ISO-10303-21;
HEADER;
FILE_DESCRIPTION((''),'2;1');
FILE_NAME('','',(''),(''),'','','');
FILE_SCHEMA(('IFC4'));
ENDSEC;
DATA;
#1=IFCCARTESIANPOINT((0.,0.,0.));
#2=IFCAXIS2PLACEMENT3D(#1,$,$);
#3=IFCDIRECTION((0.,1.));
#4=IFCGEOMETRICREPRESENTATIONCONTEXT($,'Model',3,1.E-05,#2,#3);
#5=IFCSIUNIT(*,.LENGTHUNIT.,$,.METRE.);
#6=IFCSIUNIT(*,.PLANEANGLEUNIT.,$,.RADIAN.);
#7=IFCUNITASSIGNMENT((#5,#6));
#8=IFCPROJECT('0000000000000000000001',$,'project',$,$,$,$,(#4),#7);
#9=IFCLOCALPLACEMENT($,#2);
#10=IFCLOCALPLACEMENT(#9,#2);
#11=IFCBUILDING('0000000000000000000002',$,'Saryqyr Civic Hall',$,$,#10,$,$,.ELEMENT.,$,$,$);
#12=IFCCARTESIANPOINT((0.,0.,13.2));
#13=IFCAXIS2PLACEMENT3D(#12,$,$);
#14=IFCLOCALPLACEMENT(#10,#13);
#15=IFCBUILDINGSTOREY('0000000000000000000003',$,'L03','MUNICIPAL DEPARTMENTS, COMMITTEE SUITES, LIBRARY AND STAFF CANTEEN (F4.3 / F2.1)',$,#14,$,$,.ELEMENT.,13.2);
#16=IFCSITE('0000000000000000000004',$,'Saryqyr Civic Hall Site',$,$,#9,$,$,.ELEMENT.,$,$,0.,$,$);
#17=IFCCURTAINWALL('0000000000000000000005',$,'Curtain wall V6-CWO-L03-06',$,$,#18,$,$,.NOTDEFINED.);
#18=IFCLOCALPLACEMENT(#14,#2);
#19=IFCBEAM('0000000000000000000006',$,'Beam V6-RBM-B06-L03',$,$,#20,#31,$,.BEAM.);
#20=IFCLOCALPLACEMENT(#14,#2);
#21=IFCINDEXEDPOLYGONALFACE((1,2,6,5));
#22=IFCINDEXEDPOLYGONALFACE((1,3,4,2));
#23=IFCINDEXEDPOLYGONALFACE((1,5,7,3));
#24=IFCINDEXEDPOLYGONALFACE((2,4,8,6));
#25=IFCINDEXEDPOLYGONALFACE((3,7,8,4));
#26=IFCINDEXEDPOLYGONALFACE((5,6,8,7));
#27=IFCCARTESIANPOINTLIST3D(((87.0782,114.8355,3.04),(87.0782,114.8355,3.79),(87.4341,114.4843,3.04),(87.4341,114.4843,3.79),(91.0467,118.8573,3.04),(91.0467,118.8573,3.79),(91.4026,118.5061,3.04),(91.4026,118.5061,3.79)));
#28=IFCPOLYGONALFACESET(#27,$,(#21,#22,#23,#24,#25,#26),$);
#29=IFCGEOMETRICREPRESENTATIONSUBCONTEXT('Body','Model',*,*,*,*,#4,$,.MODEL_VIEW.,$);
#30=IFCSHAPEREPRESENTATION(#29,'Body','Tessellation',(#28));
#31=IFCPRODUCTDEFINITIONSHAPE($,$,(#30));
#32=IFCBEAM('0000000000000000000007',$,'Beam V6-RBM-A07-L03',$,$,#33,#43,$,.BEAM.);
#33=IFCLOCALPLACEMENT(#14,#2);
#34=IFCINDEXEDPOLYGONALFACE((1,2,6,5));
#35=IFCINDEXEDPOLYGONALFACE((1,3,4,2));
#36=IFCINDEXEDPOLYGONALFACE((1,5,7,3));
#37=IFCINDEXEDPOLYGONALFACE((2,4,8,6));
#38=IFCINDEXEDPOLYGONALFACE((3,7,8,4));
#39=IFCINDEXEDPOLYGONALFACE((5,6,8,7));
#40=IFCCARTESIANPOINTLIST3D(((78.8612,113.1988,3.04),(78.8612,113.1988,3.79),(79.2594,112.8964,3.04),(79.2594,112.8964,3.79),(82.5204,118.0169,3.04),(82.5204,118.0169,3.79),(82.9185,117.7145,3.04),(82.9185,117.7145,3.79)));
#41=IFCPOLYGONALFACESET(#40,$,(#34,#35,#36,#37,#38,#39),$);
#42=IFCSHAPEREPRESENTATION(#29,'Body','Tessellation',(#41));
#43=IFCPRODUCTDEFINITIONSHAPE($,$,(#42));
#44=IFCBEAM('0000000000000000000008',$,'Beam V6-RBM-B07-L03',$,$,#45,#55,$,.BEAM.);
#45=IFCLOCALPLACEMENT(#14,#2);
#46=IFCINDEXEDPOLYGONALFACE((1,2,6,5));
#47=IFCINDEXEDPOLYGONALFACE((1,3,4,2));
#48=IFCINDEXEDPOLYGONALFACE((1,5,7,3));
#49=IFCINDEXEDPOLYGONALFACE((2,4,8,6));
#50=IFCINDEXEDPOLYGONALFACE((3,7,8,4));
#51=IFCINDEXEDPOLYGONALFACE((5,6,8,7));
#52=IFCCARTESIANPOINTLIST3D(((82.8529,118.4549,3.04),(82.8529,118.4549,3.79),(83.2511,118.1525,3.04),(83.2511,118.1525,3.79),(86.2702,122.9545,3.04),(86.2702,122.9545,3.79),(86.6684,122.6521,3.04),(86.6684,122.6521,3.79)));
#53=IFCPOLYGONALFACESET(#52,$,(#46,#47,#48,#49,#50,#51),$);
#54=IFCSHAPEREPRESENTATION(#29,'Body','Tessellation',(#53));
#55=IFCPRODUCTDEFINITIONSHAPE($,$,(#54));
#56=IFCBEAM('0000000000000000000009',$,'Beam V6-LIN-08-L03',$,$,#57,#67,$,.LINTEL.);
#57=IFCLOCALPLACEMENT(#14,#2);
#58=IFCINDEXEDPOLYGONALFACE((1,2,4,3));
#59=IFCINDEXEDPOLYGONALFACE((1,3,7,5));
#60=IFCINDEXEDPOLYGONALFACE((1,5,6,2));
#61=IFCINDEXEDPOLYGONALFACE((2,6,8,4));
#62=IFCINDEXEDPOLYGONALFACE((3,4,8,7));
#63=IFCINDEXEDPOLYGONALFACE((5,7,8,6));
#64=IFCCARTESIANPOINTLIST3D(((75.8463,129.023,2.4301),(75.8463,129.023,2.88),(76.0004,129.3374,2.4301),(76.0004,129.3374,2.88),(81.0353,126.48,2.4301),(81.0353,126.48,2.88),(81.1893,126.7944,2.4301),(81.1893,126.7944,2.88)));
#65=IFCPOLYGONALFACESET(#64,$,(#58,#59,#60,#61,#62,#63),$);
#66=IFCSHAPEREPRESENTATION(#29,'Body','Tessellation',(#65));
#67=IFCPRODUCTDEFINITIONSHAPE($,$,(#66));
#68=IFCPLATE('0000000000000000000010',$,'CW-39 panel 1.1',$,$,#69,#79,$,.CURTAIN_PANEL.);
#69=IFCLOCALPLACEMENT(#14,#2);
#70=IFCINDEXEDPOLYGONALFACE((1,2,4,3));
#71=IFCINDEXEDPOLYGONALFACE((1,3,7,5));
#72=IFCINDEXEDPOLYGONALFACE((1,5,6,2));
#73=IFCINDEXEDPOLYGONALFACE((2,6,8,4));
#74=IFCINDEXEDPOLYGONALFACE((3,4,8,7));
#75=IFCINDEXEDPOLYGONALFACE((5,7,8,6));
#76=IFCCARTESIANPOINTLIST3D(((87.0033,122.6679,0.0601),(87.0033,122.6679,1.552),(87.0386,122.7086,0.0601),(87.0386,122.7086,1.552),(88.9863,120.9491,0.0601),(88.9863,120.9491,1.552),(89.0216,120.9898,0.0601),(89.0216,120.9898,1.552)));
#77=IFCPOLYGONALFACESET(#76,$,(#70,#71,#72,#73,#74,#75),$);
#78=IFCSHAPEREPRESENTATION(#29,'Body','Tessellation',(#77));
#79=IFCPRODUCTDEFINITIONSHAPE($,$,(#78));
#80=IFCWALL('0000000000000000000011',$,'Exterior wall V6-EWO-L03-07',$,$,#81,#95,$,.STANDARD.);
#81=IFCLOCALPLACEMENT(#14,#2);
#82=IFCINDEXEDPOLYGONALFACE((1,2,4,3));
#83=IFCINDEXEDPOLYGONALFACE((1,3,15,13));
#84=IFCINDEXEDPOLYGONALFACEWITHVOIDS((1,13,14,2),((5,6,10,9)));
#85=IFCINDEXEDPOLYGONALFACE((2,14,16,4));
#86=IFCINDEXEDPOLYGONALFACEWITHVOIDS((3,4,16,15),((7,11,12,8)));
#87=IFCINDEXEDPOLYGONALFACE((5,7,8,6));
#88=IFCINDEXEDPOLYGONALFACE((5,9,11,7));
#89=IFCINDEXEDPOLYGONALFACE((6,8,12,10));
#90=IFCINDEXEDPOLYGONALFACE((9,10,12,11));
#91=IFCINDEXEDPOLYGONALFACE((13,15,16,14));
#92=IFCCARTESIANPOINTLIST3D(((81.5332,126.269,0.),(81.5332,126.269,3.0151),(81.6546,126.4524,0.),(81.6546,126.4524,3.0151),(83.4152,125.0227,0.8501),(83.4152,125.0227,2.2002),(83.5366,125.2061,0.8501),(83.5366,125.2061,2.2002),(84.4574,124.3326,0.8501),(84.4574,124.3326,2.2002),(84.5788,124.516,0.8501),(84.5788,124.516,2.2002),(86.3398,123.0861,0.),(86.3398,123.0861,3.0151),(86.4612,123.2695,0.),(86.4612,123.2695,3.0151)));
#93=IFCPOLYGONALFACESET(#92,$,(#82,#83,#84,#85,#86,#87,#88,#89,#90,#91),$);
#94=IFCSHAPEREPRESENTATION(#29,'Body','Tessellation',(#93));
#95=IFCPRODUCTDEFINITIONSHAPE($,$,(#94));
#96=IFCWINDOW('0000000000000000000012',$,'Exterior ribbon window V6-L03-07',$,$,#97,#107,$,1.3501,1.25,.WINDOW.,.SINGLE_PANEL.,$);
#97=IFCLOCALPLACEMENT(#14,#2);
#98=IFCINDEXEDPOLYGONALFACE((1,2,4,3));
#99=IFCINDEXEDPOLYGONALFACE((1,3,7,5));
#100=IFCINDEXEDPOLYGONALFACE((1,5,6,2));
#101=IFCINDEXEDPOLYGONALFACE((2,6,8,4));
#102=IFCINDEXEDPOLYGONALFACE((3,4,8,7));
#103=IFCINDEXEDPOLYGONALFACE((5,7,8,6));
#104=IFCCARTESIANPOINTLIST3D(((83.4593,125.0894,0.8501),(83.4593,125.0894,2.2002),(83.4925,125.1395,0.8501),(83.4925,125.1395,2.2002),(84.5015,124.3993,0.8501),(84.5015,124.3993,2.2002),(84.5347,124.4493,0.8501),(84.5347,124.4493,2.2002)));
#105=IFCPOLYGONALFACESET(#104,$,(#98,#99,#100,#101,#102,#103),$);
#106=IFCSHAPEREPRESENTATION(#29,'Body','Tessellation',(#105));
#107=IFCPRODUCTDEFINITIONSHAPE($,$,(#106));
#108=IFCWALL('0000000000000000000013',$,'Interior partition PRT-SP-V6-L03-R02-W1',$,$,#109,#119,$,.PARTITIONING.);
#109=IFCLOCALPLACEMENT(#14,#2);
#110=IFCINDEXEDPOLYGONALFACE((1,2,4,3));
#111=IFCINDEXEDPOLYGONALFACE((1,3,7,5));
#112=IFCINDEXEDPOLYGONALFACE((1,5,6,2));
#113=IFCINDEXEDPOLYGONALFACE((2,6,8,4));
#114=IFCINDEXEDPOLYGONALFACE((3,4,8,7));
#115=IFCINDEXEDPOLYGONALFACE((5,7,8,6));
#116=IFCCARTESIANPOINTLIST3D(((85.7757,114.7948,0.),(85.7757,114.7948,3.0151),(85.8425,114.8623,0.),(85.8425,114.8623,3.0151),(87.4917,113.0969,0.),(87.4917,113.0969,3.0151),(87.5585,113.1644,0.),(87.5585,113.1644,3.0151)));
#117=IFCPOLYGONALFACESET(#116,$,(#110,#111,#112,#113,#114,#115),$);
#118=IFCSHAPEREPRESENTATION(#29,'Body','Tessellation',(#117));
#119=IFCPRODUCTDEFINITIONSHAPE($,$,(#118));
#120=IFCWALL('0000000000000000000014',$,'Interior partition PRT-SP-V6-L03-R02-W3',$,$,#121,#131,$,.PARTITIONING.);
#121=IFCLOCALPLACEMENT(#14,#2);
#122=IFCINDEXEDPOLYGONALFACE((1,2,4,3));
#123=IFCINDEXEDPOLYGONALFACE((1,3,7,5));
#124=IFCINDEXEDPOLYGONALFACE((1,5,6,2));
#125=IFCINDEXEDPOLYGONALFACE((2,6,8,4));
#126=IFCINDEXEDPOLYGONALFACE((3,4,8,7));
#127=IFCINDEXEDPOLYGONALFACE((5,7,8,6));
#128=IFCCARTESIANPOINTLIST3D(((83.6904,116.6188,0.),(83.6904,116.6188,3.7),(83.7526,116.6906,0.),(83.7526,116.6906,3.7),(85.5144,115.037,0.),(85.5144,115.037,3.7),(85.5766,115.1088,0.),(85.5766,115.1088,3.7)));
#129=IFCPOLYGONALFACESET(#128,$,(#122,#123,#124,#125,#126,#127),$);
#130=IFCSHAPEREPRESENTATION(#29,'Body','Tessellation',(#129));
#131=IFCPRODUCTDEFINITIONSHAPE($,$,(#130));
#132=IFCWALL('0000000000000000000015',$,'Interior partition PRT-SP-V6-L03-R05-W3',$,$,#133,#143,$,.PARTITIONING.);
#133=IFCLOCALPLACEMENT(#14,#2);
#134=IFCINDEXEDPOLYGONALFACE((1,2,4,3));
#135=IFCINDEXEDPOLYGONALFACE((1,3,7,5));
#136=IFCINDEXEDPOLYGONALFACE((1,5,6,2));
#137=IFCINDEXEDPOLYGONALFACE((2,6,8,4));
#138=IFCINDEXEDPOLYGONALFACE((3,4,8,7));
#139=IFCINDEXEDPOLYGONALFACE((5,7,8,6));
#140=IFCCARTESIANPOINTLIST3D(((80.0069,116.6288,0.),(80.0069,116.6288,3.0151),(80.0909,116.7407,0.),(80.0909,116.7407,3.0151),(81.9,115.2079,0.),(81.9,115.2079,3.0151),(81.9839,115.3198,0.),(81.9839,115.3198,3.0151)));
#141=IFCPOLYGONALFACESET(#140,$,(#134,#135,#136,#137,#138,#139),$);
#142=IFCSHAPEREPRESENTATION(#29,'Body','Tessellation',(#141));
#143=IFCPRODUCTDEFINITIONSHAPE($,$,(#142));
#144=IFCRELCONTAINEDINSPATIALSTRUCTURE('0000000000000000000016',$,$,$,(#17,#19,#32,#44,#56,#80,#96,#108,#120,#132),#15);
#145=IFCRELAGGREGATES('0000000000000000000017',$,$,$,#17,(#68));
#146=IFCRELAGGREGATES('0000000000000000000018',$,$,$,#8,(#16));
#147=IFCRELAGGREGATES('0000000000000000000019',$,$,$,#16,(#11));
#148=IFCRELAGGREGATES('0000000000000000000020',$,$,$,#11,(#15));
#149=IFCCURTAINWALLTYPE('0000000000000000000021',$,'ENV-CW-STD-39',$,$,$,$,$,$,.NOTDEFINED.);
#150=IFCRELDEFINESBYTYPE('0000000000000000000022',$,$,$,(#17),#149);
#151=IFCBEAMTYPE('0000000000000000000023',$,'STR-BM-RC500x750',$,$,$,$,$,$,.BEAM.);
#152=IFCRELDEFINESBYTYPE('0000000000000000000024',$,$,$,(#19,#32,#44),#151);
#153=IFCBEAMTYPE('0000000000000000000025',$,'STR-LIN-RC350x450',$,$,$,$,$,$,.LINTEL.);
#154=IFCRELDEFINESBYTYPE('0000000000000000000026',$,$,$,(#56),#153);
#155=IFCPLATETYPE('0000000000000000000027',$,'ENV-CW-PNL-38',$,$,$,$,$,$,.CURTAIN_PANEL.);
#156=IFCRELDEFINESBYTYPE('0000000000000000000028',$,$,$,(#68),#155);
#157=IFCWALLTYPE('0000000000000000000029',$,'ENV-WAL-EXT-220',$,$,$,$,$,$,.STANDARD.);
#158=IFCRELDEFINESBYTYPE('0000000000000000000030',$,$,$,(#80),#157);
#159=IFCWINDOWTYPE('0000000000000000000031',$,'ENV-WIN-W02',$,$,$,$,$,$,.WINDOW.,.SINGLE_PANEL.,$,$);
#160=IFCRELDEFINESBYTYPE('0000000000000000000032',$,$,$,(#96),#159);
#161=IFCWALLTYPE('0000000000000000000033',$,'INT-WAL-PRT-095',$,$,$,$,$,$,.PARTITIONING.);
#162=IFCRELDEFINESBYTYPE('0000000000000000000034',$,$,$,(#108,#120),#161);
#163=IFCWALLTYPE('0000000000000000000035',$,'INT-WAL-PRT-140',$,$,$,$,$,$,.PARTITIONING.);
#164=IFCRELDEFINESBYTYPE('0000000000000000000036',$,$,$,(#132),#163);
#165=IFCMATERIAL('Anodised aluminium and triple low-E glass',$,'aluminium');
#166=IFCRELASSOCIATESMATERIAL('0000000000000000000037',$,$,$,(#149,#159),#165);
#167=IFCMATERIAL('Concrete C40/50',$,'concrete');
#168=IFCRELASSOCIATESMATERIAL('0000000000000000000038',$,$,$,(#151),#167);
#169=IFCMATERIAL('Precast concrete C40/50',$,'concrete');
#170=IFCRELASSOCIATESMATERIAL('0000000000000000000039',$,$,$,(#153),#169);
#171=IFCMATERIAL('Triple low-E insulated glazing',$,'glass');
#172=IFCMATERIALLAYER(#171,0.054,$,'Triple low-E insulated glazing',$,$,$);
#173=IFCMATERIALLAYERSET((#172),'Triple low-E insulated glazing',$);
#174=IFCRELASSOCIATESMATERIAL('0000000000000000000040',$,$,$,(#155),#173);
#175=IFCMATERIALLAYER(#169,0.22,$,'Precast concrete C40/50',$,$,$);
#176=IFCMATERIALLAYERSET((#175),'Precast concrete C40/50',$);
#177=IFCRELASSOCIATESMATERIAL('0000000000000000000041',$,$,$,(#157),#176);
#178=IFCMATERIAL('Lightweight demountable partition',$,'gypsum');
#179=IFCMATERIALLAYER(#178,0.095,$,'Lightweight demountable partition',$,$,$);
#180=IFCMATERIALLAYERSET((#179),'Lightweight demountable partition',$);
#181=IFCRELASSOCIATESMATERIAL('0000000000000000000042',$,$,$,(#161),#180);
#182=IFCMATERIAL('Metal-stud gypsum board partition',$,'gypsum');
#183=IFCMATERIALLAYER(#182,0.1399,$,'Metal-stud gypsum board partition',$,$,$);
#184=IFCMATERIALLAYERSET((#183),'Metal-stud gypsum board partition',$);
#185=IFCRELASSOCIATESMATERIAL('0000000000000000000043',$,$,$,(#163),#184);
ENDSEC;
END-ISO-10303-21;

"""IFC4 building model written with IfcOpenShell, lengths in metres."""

from ifc_helpers import new_model, si_unit, direction, frame, frame_2d, origin, origin_2d, place, context, subcontext, project, spatial, rectangle, extrude, material, layer, layer_set, material_profile, profile_set, type_object, element, fill, aggregate, save


model = new_model("IFC4")

# Units and contexts
model_context = context("Model", 3, precision=1e-05, world=origin(), true_north=direction((0.0, 1.0)))
body_context = subcontext(model_context, "Body", "Model", "MODEL_VIEW")
ifc_project = project(units=[si_unit("LENGTHUNIT", "METRE"), si_unit("PLANEANGLEUNIT", "RADIAN")], contexts=[model_context])

# Site, building, storey
site_placement = place(None, origin())
site = spatial("IfcSite", under=ifc_project, at=site_placement, Name="Saryqyr Civic Hall Site", CompositionType="ELEMENT", RefElevation=0.0)
building_placement = place(site_placement, origin())
building = spatial("IfcBuilding", under=site, at=building_placement, Name="Saryqyr Civic Hall", CompositionType="ELEMENT")
storey_placement = place(building_placement, frame((0.0, 0.0, 13.2)))
storey = spatial("IfcBuildingStorey", under=building, at=storey_placement, Name="L03", Description="MUNICIPAL DEPARTMENTS, COMMITTEE SUITES, LIBRARY AND STAFF CANTEEN (F4.3 / F2.1)", CompositionType="ELEMENT", Elevation=13.2)

# Shared definitions
ifc_material_1 = material(Name="Concrete C40/50", Category="concrete")

# Curtain wall
ifc_material_2 = material(Name="Anodised aluminium and triple low-E glass", Category="aluminium")
curtain_wall_type_1 = type_object("IfcCurtainWallType", Name="ENV-CW-STD-39", PredefinedType="NOTDEFINED", material=ifc_material_2)
curtain_wall_1_placement = place(storey_placement, origin())
curtain_wall_1 = element("IfcCurtainWall", 1, at=curtain_wall_1_placement, inside=storey, type_object=curtain_wall_type_1, Name="Curtain wall V6-CWO-L03-06", PredefinedType="NOTDEFINED")

# Beams
ifc_material_profile_1 = material_profile(ifc_material_1, rectangle(XDim=0.5, YDim=0.75, at=origin_2d()), Name="RC 500x750")
ifc_profile_set_1 = profile_set([ifc_material_profile_1], Name="Concrete C40/50")
beam_type_1 = type_object("IfcBeamType", Name="STR-BM-RC500x750", PredefinedType="BEAM", material=ifc_profile_set_1)
beam_1_placement = place(storey_placement, frame((87.2561, 114.6599, 3.415), z_axis=(0.702381, 0.711801, 0.0), x_axis=(-0.711801, 0.702381, 0.0)))
element("IfcBeam", 2, at=beam_1_placement, inside=storey, type_object=beam_type_1, Name="Beam V6-RBM-B06-L03", PredefinedType="BEAM", context=body_context, shape_type="SweptSolid", body=[
    extrude(rectangle(XDim=0.5, YDim=0.75, at=origin_2d()), origin(), (0.0, 0.0, 1.0), 5.6501),
])
beam_2_placement = place(storey_placement, frame((79.0603, 113.0476, 3.415), z_axis=(0.604812, 0.796368, 0.0), x_axis=(-0.796368, 0.604812, 0.0)))
element("IfcBeam", 3, at=beam_2_placement, inside=storey, type_object=beam_type_1, Name="Beam V6-RBM-A07-L03", PredefinedType="BEAM", context=body_context, shape_type="SweptSolid", body=[
    extrude(rectangle(XDim=0.5, YDim=0.75, at=origin_2d()), origin(), (0.0, 0.0, 1.0), 6.05),
])
beam_3_placement = place(storey_placement, frame((83.052, 118.3037, 3.415), z_axis=(0.604815, 0.796366, 0.0), x_axis=(-0.796366, 0.604815, 0.0)))
element("IfcBeam", 4, at=beam_3_placement, inside=storey, type_object=beam_type_1, Name="Beam V6-RBM-B07-L03", PredefinedType="BEAM", context=body_context, shape_type="SweptSolid", body=[
    extrude(rectangle(XDim=0.5, YDim=0.75, at=origin_2d()), origin(), (0.0, 0.0, 1.0), 5.6501),
])
ifc_material_3 = material(Name="Precast concrete C40/50", Category="concrete")
ifc_material_profile_2 = material_profile(ifc_material_3, rectangle(XDim=0.3501, YDim=0.45, at=origin_2d()), Name="RC 350x450")
ifc_profile_set_2 = profile_set([ifc_material_profile_2], Name="Precast concrete C40/50")
beam_type_2 = type_object("IfcBeamType", Name="STR-LIN-RC350x450", PredefinedType="LINTEL", material=ifc_profile_set_2)
beam_4_placement = place(storey_placement, frame((81.1123, 126.6372, 2.655), z_axis=(-0.897965, 0.440068, 0.0), x_axis=(-0.440068, -0.897965, 0.0)))
element("IfcBeam", 5, at=beam_4_placement, inside=storey, type_object=beam_type_2, Name="Beam V6-LIN-08-L03", PredefinedType="LINTEL", context=body_context, shape_type="SweptSolid", body=[
    extrude(rectangle(XDim=0.3501, YDim=0.45, at=origin_2d()), origin(), (0.0, 0.0, 1.0), 5.7786),
])

# Plate
ifc_material_4 = material(Name="Triple low-E insulated glazing", Category="glass")
ifc_layer_1 = layer(ifc_material_4, 0.054, Name="Triple low-E insulated glazing")
ifc_layer_set_1 = layer_set([ifc_layer_1], Name="Triple low-E insulated glazing")
plate_type = type_object("IfcPlateType", Name="ENV-CW-PNL-38", PredefinedType="CURTAIN_PANEL", material=ifc_layer_set_1)
plate_placement = place(storey_placement, frame((88.0125, 121.8289, 0.0601), z_axis=(0.0, 0.0, 1.0), x_axis=(0.755657, -0.654967, 0.0)))
plate = element("IfcPlate", 6, at=plate_placement, type_object=plate_type, Name="CW-39 panel 1.1", PredefinedType="CURTAIN_PANEL", context=body_context, shape_type="SweptSolid", body=[
    extrude(rectangle(XDim=2.6243, YDim=0.054, at=origin_2d()), origin(), (0.0, 0.0, 1.0), 1.4919),
])
aggregate(curtain_wall_1, [plate])

# Wall, opening, window
ifc_layer_2 = layer(ifc_material_3, 0.22, Name="Precast concrete C40/50")
ifc_layer_set_2 = layer_set([ifc_layer_2], Name="Precast concrete C40/50")
wall_type_1 = type_object("IfcWallType", Name="ENV-WAL-EXT-220", PredefinedType="STANDARD", material=ifc_layer_set_2)
wall_1_placement = place(storey_placement, frame((81.594, 126.3606, 0.0), z_axis=(0.0, 0.0, 1.0), x_axis=(0.833773, -0.552108, 0.0)))
wall_1 = element("IfcWall", 7, at=wall_1_placement, inside=storey, type_object=wall_type_1, Name="Exterior wall V6-EWO-L03-07", PredefinedType="STANDARD", context=body_context, shape_type="SweptSolid", body=[
    extrude(rectangle(XDim=5.7649, YDim=0.22, at=frame_2d((2.8823, 0.0))), origin(), (0.0, 0.0, 1.0), 3.0151),
])
opening_placement = place(wall_1_placement, frame((2.2571, 0.0, 0.8501)))
opening = element("IfcOpeningElement", 8, at=opening_placement, cuts=wall_1, PredefinedType="OPENING", context=body_context, shape_type="SweptSolid", body=[
    extrude(rectangle(XDim=1.25, YDim=1.3501, at=frame_2d((0.625, 0.675))), frame((0.0, 0.1199, 0.0), z_axis=(0.0, -1.0, 0.0), x_axis=(1.0, 0.0, 0.0)), (0.0, 0.0, 1.0), 0.24),
])
window_type = type_object("IfcWindowType", Name="ENV-WIN-W02", PartitioningType="SINGLE_PANEL", PredefinedType="WINDOW", material=ifc_material_2)
window_placement = place(opening_placement, origin())
window = element("IfcWindow", 9, at=window_placement, inside=storey, type_object=window_type, Name="Exterior ribbon window V6-L03-07", OverallHeight=1.3501, OverallWidth=1.25, PartitioningType="SINGLE_PANEL", PredefinedType="WINDOW", context=body_context, shape_type="SweptSolid", body=[
    extrude(rectangle(XDim=1.25, YDim=1.3501, at=frame_2d((0.625, 0.675))), frame((0.0, 0.03, 0.0), z_axis=(0.0, -1.0, 0.0), x_axis=(1.0, 0.0, 0.0)), (0.0, 0.0, 1.0), 0.0601),
])
fill(opening, window)

# Walls
ifc_material_5 = material(Name="Lightweight demountable partition", Category="gypsum")
ifc_layer_3 = layer(ifc_material_5, 0.095, Name="Lightweight demountable partition")
ifc_layer_set_3 = layer_set([ifc_layer_3], Name="Lightweight demountable partition")
wall_type_2 = type_object("IfcWallType", Name="INT-WAL-PRT-095", PredefinedType="PARTITIONING", material=ifc_layer_set_3)
wall_2_placement = place(storey_placement, frame((87.5251, 113.1306, 0.0), z_axis=(0.0, 0.0, 1.0), x_axis=(-0.710839, 0.703355, 0.0)))
element("IfcWall", 10, at=wall_2_placement, inside=storey, type_object=wall_type_2, Name="Interior partition PRT-SP-V6-L03-R02-W1", PredefinedType="PARTITIONING", context=body_context, shape_type="SweptSolid", body=[
    extrude(rectangle(XDim=2.4141, YDim=0.095, at=frame_2d((1.207, 0.0))), origin(), (0.0, 0.0, 1.0), 3.0151),
])
wall_3_placement = place(storey_placement, frame((85.5454, 115.073, 0.0), z_axis=(0.0, 0.0, 1.0), x_axis=(-0.755482, 0.655169, 0.0)))
element("IfcWall", 11, at=wall_3_placement, inside=storey, type_object=wall_type_2, Name="Interior partition PRT-SP-V6-L03-R02-W3", PredefinedType="PARTITIONING", context=body_context, shape_type="SweptSolid", body=[
    extrude(rectangle(XDim=2.4143, YDim=0.095, at=frame_2d((1.207, 0.0))), origin(), (0.0, 0.0, 1.0), 3.7),
])
ifc_material_6 = material(Name="Metal-stud gypsum board partition", Category="gypsum")
ifc_layer_4 = layer(ifc_material_6, 0.1399, Name="Metal-stud gypsum board partition")
ifc_layer_set_4 = layer_set([ifc_layer_4], Name="Metal-stud gypsum board partition")
wall_type_3 = type_object("IfcWallType", Name="INT-WAL-PRT-140", PredefinedType="PARTITIONING", material=ifc_layer_set_4)
wall_4_placement = place(storey_placement, frame((80.0488, 116.6848, 0.0), z_axis=(0.0, 0.0, 1.0), x_axis=(0.799777, -0.600297, 0.0)))
element("IfcWall", 12, at=wall_4_placement, inside=storey, type_object=wall_type_3, Name="Interior partition PRT-SP-V6-L03-R05-W3", PredefinedType="PARTITIONING", context=body_context, shape_type="SweptSolid", body=[
    extrude(rectangle(XDim=2.3669, YDim=0.1399, at=frame_2d((1.1836, 0.0))), origin(), (0.0, 0.0, 1.0), 3.0151),
])

save(model, "model.ifc")
